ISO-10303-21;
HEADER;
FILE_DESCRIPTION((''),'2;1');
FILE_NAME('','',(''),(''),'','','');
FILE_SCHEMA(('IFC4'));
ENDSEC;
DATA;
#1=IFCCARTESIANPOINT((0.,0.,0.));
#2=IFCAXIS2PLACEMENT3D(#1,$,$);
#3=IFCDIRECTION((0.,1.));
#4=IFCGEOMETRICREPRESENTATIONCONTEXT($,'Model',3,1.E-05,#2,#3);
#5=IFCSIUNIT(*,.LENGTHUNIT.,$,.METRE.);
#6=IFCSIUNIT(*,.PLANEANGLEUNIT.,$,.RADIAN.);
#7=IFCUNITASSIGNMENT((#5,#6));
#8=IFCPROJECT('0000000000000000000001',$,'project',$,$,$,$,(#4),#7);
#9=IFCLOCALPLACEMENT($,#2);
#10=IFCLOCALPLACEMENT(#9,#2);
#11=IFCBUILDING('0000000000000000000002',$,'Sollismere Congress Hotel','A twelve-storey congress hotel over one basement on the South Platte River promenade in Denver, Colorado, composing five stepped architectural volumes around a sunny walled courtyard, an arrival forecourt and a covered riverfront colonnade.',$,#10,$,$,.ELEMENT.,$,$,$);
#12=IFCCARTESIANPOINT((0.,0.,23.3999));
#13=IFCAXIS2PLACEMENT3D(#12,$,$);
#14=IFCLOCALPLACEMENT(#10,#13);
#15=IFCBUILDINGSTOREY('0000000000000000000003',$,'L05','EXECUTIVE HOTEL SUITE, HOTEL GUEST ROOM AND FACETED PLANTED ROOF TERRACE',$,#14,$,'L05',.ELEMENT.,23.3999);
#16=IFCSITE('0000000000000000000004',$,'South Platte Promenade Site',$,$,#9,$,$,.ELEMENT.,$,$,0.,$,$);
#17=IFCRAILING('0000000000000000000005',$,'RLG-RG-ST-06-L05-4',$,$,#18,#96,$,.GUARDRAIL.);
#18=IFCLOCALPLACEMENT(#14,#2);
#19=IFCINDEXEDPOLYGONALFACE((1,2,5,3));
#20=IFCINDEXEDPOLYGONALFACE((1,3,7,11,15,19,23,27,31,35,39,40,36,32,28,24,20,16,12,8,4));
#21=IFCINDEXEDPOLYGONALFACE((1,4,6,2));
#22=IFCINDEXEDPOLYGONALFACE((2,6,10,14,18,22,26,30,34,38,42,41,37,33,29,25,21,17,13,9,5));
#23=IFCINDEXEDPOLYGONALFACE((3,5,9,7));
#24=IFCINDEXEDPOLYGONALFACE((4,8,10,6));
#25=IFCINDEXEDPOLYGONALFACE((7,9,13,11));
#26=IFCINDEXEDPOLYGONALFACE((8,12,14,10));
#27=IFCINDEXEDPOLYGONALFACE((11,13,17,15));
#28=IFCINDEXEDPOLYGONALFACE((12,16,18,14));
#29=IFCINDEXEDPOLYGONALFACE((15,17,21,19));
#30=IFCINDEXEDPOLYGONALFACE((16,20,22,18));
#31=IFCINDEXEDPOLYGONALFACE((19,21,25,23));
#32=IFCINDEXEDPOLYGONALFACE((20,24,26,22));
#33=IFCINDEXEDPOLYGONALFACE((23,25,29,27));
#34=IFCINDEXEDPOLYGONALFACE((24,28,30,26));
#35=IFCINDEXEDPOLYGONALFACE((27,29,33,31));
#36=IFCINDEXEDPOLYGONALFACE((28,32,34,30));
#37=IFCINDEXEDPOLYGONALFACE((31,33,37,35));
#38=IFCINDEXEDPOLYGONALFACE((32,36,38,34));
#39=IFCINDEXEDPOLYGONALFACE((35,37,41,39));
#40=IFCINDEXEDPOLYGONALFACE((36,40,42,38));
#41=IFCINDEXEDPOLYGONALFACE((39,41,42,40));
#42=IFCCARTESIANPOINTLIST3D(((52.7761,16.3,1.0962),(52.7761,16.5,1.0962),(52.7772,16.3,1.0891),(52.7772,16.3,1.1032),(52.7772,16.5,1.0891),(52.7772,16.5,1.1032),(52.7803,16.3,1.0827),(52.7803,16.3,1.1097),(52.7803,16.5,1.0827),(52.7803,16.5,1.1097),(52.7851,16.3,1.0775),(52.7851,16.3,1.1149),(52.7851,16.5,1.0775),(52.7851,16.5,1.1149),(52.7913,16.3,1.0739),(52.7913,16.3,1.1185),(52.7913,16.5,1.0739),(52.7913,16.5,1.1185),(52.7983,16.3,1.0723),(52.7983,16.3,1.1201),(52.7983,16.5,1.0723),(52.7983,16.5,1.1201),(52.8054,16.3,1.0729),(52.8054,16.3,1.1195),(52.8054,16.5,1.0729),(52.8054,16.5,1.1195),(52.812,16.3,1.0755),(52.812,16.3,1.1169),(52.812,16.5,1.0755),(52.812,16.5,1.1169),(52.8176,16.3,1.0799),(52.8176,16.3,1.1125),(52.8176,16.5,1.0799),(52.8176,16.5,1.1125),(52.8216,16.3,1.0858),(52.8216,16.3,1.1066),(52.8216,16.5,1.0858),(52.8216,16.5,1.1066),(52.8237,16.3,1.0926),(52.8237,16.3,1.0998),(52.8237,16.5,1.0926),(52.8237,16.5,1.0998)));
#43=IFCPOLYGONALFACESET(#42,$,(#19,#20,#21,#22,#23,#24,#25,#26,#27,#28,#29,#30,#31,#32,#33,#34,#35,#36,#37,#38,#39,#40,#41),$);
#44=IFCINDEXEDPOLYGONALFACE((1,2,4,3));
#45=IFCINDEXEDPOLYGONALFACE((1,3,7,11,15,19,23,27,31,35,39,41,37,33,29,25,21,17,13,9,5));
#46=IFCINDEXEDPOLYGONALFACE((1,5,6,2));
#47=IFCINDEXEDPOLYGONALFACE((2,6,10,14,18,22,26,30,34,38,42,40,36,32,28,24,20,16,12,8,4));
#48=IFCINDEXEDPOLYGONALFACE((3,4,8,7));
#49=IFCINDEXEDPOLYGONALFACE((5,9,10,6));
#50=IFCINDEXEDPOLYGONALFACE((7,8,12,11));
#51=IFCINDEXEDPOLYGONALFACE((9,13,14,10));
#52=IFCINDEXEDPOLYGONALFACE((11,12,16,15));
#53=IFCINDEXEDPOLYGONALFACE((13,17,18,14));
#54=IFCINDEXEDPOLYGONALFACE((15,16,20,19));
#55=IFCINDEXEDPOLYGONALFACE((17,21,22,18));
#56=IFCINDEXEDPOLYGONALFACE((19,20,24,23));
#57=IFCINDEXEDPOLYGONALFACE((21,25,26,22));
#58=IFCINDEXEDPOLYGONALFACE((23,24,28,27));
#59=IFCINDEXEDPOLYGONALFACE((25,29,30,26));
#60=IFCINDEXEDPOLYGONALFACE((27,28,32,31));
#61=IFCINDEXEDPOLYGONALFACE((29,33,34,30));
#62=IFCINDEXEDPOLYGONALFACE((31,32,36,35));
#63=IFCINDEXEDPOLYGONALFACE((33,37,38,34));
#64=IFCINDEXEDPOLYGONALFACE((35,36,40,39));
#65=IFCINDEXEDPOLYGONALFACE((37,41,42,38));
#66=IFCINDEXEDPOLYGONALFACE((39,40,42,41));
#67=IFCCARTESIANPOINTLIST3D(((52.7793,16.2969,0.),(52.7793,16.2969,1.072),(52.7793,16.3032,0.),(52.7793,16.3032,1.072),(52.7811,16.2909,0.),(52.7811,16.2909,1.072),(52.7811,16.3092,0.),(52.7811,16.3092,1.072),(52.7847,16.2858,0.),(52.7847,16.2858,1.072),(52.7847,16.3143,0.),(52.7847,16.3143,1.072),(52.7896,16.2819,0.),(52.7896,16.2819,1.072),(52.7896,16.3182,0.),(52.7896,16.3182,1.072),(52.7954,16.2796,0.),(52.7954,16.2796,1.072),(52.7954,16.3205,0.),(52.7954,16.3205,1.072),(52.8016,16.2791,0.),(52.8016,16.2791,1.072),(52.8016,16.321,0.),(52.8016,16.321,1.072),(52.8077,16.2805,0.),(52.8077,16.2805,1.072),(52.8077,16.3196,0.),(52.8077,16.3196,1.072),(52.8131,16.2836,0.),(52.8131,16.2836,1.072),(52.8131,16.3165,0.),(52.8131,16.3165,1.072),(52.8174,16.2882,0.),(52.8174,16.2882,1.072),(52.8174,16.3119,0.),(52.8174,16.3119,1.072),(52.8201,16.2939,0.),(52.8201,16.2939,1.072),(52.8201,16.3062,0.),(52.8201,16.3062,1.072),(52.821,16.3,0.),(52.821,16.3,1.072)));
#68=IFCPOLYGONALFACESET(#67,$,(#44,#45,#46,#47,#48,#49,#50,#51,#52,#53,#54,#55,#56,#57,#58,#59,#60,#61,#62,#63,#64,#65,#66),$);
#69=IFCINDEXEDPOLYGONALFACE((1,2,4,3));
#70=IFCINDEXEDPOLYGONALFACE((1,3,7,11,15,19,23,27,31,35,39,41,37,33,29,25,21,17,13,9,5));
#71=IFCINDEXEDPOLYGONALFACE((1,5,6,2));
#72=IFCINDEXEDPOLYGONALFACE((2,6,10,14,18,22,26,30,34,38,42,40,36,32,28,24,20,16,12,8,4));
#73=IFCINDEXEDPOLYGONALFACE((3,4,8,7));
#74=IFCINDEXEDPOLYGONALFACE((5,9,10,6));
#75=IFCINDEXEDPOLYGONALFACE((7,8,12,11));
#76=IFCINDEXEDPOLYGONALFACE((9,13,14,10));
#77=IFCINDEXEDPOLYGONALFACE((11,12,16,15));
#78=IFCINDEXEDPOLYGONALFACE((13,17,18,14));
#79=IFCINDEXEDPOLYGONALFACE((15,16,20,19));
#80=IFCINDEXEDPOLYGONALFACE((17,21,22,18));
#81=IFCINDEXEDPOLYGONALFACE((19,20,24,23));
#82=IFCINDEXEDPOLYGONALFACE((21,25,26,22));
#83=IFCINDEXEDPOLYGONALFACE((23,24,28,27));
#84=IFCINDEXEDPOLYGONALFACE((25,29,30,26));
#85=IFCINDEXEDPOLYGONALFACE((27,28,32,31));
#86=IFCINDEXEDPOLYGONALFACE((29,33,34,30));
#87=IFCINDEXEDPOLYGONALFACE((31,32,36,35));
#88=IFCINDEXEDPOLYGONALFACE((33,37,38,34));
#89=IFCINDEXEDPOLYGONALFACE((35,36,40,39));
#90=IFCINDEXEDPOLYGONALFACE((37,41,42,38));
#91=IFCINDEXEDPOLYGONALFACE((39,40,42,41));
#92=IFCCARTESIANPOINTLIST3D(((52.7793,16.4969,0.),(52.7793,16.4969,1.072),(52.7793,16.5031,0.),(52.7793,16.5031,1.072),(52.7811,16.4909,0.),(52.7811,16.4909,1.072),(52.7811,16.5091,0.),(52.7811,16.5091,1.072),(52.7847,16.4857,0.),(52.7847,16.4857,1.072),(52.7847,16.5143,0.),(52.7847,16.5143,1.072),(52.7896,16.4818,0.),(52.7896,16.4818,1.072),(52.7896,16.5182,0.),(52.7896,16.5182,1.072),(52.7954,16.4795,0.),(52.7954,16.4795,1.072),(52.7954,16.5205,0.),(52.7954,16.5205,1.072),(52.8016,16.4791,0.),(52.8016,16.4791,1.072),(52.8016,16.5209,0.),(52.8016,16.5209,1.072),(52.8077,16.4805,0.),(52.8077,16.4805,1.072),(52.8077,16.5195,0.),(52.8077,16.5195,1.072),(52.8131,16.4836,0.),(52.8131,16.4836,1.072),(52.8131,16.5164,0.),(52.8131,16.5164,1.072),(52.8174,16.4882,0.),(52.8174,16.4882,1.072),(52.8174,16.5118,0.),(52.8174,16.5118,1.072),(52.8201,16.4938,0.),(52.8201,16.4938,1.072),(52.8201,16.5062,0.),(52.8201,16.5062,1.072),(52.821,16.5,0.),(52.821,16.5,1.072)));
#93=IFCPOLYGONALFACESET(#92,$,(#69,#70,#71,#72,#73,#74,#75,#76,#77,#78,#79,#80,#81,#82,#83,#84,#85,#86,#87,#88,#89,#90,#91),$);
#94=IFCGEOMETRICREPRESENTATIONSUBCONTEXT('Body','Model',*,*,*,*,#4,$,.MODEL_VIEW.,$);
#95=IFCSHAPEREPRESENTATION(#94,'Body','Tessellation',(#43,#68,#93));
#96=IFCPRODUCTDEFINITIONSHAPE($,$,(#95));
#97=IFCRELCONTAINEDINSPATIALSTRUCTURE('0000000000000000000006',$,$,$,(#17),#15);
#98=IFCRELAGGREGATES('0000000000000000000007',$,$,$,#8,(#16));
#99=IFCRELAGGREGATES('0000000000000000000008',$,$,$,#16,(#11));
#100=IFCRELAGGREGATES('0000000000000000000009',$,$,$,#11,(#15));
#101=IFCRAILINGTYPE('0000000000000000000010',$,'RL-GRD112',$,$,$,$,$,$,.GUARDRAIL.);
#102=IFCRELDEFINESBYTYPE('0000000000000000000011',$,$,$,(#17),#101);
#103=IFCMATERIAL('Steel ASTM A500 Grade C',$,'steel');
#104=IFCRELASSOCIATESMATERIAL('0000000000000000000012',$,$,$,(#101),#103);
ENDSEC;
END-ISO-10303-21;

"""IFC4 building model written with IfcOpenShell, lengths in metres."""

from ifc_helpers import new_model, si_unit, direction, frame, origin, origin_2d, place, context, subcontext, project, spatial, circle, extrude, material, type_object, element, save


model = new_model("IFC4")

# Units and contexts
model_context = context("Model", 3, precision=1e-05, world=origin(), true_north=direction((0.0, 1.0)))
body_context = subcontext(model_context, "Body", "Model", "MODEL_VIEW")
ifc_project = project(units=[si_unit("LENGTHUNIT", "METRE"), si_unit("PLANEANGLEUNIT", "RADIAN")], contexts=[model_context])

# Site, building, storey
site_placement = place(None, origin())
site = spatial("IfcSite", under=ifc_project, at=site_placement, Name="South Platte Promenade Site", CompositionType="ELEMENT", RefElevation=0.0)
building_placement = place(site_placement, origin())
building = spatial("IfcBuilding", under=site, at=building_placement, Name="Sollismere Congress Hotel", Description="A twelve-storey congress hotel over one basement on the South Platte River promenade in Denver, Colorado, composing five stepped architectural volumes around a sunny walled courtyard, an arrival forecourt and a covered riverfront colonnade.", CompositionType="ELEMENT")
storey_placement = place(building_placement, frame((0.0, 0.0, 23.3999)))
storey = spatial("IfcBuildingStorey", under=building, at=storey_placement, Name="L05", Description="EXECUTIVE HOTEL SUITE, HOTEL GUEST ROOM AND FACETED PLANTED ROOF TERRACE", LongName="L05", CompositionType="ELEMENT", Elevation=23.3999)

# Railing
ifc_material_1 = material(Name="Steel ASTM A500 Grade C", Category="steel")
railing_type_1 = type_object("IfcRailingType", Name="RL-GRD112", PredefinedType="GUARDRAIL", material=ifc_material_1)
railing_1_placement = place(storey_placement, frame((52.8, 16.3, 0.0)))
element("IfcRailing", 1, at=railing_1_placement, inside=storey, type_object=railing_type_1, Name="RLG-RG-ST-06-L05-4", PredefinedType="GUARDRAIL", context=body_context, shape_type="SweptSolid", body=[
    extrude(circle(Radius=0.0239, at=origin_2d()), frame((0.0, 0.0, 1.0962), z_axis=(0.0, 1.0, 0.0), x_axis=(-1.0, 0.0, 0.0)), (0.0, 0.0, 1.0), 0.2),
    extrude(circle(Radius=0.021, at=origin_2d()), origin(), (0.0, 0.0, 1.0), 1.072),
    extrude(circle(Radius=0.021, at=origin_2d()), frame((0.0, 0.2, 0.0)), (0.0, 0.0, 1.0), 1.072),
])

save(model, "model.ifc")
